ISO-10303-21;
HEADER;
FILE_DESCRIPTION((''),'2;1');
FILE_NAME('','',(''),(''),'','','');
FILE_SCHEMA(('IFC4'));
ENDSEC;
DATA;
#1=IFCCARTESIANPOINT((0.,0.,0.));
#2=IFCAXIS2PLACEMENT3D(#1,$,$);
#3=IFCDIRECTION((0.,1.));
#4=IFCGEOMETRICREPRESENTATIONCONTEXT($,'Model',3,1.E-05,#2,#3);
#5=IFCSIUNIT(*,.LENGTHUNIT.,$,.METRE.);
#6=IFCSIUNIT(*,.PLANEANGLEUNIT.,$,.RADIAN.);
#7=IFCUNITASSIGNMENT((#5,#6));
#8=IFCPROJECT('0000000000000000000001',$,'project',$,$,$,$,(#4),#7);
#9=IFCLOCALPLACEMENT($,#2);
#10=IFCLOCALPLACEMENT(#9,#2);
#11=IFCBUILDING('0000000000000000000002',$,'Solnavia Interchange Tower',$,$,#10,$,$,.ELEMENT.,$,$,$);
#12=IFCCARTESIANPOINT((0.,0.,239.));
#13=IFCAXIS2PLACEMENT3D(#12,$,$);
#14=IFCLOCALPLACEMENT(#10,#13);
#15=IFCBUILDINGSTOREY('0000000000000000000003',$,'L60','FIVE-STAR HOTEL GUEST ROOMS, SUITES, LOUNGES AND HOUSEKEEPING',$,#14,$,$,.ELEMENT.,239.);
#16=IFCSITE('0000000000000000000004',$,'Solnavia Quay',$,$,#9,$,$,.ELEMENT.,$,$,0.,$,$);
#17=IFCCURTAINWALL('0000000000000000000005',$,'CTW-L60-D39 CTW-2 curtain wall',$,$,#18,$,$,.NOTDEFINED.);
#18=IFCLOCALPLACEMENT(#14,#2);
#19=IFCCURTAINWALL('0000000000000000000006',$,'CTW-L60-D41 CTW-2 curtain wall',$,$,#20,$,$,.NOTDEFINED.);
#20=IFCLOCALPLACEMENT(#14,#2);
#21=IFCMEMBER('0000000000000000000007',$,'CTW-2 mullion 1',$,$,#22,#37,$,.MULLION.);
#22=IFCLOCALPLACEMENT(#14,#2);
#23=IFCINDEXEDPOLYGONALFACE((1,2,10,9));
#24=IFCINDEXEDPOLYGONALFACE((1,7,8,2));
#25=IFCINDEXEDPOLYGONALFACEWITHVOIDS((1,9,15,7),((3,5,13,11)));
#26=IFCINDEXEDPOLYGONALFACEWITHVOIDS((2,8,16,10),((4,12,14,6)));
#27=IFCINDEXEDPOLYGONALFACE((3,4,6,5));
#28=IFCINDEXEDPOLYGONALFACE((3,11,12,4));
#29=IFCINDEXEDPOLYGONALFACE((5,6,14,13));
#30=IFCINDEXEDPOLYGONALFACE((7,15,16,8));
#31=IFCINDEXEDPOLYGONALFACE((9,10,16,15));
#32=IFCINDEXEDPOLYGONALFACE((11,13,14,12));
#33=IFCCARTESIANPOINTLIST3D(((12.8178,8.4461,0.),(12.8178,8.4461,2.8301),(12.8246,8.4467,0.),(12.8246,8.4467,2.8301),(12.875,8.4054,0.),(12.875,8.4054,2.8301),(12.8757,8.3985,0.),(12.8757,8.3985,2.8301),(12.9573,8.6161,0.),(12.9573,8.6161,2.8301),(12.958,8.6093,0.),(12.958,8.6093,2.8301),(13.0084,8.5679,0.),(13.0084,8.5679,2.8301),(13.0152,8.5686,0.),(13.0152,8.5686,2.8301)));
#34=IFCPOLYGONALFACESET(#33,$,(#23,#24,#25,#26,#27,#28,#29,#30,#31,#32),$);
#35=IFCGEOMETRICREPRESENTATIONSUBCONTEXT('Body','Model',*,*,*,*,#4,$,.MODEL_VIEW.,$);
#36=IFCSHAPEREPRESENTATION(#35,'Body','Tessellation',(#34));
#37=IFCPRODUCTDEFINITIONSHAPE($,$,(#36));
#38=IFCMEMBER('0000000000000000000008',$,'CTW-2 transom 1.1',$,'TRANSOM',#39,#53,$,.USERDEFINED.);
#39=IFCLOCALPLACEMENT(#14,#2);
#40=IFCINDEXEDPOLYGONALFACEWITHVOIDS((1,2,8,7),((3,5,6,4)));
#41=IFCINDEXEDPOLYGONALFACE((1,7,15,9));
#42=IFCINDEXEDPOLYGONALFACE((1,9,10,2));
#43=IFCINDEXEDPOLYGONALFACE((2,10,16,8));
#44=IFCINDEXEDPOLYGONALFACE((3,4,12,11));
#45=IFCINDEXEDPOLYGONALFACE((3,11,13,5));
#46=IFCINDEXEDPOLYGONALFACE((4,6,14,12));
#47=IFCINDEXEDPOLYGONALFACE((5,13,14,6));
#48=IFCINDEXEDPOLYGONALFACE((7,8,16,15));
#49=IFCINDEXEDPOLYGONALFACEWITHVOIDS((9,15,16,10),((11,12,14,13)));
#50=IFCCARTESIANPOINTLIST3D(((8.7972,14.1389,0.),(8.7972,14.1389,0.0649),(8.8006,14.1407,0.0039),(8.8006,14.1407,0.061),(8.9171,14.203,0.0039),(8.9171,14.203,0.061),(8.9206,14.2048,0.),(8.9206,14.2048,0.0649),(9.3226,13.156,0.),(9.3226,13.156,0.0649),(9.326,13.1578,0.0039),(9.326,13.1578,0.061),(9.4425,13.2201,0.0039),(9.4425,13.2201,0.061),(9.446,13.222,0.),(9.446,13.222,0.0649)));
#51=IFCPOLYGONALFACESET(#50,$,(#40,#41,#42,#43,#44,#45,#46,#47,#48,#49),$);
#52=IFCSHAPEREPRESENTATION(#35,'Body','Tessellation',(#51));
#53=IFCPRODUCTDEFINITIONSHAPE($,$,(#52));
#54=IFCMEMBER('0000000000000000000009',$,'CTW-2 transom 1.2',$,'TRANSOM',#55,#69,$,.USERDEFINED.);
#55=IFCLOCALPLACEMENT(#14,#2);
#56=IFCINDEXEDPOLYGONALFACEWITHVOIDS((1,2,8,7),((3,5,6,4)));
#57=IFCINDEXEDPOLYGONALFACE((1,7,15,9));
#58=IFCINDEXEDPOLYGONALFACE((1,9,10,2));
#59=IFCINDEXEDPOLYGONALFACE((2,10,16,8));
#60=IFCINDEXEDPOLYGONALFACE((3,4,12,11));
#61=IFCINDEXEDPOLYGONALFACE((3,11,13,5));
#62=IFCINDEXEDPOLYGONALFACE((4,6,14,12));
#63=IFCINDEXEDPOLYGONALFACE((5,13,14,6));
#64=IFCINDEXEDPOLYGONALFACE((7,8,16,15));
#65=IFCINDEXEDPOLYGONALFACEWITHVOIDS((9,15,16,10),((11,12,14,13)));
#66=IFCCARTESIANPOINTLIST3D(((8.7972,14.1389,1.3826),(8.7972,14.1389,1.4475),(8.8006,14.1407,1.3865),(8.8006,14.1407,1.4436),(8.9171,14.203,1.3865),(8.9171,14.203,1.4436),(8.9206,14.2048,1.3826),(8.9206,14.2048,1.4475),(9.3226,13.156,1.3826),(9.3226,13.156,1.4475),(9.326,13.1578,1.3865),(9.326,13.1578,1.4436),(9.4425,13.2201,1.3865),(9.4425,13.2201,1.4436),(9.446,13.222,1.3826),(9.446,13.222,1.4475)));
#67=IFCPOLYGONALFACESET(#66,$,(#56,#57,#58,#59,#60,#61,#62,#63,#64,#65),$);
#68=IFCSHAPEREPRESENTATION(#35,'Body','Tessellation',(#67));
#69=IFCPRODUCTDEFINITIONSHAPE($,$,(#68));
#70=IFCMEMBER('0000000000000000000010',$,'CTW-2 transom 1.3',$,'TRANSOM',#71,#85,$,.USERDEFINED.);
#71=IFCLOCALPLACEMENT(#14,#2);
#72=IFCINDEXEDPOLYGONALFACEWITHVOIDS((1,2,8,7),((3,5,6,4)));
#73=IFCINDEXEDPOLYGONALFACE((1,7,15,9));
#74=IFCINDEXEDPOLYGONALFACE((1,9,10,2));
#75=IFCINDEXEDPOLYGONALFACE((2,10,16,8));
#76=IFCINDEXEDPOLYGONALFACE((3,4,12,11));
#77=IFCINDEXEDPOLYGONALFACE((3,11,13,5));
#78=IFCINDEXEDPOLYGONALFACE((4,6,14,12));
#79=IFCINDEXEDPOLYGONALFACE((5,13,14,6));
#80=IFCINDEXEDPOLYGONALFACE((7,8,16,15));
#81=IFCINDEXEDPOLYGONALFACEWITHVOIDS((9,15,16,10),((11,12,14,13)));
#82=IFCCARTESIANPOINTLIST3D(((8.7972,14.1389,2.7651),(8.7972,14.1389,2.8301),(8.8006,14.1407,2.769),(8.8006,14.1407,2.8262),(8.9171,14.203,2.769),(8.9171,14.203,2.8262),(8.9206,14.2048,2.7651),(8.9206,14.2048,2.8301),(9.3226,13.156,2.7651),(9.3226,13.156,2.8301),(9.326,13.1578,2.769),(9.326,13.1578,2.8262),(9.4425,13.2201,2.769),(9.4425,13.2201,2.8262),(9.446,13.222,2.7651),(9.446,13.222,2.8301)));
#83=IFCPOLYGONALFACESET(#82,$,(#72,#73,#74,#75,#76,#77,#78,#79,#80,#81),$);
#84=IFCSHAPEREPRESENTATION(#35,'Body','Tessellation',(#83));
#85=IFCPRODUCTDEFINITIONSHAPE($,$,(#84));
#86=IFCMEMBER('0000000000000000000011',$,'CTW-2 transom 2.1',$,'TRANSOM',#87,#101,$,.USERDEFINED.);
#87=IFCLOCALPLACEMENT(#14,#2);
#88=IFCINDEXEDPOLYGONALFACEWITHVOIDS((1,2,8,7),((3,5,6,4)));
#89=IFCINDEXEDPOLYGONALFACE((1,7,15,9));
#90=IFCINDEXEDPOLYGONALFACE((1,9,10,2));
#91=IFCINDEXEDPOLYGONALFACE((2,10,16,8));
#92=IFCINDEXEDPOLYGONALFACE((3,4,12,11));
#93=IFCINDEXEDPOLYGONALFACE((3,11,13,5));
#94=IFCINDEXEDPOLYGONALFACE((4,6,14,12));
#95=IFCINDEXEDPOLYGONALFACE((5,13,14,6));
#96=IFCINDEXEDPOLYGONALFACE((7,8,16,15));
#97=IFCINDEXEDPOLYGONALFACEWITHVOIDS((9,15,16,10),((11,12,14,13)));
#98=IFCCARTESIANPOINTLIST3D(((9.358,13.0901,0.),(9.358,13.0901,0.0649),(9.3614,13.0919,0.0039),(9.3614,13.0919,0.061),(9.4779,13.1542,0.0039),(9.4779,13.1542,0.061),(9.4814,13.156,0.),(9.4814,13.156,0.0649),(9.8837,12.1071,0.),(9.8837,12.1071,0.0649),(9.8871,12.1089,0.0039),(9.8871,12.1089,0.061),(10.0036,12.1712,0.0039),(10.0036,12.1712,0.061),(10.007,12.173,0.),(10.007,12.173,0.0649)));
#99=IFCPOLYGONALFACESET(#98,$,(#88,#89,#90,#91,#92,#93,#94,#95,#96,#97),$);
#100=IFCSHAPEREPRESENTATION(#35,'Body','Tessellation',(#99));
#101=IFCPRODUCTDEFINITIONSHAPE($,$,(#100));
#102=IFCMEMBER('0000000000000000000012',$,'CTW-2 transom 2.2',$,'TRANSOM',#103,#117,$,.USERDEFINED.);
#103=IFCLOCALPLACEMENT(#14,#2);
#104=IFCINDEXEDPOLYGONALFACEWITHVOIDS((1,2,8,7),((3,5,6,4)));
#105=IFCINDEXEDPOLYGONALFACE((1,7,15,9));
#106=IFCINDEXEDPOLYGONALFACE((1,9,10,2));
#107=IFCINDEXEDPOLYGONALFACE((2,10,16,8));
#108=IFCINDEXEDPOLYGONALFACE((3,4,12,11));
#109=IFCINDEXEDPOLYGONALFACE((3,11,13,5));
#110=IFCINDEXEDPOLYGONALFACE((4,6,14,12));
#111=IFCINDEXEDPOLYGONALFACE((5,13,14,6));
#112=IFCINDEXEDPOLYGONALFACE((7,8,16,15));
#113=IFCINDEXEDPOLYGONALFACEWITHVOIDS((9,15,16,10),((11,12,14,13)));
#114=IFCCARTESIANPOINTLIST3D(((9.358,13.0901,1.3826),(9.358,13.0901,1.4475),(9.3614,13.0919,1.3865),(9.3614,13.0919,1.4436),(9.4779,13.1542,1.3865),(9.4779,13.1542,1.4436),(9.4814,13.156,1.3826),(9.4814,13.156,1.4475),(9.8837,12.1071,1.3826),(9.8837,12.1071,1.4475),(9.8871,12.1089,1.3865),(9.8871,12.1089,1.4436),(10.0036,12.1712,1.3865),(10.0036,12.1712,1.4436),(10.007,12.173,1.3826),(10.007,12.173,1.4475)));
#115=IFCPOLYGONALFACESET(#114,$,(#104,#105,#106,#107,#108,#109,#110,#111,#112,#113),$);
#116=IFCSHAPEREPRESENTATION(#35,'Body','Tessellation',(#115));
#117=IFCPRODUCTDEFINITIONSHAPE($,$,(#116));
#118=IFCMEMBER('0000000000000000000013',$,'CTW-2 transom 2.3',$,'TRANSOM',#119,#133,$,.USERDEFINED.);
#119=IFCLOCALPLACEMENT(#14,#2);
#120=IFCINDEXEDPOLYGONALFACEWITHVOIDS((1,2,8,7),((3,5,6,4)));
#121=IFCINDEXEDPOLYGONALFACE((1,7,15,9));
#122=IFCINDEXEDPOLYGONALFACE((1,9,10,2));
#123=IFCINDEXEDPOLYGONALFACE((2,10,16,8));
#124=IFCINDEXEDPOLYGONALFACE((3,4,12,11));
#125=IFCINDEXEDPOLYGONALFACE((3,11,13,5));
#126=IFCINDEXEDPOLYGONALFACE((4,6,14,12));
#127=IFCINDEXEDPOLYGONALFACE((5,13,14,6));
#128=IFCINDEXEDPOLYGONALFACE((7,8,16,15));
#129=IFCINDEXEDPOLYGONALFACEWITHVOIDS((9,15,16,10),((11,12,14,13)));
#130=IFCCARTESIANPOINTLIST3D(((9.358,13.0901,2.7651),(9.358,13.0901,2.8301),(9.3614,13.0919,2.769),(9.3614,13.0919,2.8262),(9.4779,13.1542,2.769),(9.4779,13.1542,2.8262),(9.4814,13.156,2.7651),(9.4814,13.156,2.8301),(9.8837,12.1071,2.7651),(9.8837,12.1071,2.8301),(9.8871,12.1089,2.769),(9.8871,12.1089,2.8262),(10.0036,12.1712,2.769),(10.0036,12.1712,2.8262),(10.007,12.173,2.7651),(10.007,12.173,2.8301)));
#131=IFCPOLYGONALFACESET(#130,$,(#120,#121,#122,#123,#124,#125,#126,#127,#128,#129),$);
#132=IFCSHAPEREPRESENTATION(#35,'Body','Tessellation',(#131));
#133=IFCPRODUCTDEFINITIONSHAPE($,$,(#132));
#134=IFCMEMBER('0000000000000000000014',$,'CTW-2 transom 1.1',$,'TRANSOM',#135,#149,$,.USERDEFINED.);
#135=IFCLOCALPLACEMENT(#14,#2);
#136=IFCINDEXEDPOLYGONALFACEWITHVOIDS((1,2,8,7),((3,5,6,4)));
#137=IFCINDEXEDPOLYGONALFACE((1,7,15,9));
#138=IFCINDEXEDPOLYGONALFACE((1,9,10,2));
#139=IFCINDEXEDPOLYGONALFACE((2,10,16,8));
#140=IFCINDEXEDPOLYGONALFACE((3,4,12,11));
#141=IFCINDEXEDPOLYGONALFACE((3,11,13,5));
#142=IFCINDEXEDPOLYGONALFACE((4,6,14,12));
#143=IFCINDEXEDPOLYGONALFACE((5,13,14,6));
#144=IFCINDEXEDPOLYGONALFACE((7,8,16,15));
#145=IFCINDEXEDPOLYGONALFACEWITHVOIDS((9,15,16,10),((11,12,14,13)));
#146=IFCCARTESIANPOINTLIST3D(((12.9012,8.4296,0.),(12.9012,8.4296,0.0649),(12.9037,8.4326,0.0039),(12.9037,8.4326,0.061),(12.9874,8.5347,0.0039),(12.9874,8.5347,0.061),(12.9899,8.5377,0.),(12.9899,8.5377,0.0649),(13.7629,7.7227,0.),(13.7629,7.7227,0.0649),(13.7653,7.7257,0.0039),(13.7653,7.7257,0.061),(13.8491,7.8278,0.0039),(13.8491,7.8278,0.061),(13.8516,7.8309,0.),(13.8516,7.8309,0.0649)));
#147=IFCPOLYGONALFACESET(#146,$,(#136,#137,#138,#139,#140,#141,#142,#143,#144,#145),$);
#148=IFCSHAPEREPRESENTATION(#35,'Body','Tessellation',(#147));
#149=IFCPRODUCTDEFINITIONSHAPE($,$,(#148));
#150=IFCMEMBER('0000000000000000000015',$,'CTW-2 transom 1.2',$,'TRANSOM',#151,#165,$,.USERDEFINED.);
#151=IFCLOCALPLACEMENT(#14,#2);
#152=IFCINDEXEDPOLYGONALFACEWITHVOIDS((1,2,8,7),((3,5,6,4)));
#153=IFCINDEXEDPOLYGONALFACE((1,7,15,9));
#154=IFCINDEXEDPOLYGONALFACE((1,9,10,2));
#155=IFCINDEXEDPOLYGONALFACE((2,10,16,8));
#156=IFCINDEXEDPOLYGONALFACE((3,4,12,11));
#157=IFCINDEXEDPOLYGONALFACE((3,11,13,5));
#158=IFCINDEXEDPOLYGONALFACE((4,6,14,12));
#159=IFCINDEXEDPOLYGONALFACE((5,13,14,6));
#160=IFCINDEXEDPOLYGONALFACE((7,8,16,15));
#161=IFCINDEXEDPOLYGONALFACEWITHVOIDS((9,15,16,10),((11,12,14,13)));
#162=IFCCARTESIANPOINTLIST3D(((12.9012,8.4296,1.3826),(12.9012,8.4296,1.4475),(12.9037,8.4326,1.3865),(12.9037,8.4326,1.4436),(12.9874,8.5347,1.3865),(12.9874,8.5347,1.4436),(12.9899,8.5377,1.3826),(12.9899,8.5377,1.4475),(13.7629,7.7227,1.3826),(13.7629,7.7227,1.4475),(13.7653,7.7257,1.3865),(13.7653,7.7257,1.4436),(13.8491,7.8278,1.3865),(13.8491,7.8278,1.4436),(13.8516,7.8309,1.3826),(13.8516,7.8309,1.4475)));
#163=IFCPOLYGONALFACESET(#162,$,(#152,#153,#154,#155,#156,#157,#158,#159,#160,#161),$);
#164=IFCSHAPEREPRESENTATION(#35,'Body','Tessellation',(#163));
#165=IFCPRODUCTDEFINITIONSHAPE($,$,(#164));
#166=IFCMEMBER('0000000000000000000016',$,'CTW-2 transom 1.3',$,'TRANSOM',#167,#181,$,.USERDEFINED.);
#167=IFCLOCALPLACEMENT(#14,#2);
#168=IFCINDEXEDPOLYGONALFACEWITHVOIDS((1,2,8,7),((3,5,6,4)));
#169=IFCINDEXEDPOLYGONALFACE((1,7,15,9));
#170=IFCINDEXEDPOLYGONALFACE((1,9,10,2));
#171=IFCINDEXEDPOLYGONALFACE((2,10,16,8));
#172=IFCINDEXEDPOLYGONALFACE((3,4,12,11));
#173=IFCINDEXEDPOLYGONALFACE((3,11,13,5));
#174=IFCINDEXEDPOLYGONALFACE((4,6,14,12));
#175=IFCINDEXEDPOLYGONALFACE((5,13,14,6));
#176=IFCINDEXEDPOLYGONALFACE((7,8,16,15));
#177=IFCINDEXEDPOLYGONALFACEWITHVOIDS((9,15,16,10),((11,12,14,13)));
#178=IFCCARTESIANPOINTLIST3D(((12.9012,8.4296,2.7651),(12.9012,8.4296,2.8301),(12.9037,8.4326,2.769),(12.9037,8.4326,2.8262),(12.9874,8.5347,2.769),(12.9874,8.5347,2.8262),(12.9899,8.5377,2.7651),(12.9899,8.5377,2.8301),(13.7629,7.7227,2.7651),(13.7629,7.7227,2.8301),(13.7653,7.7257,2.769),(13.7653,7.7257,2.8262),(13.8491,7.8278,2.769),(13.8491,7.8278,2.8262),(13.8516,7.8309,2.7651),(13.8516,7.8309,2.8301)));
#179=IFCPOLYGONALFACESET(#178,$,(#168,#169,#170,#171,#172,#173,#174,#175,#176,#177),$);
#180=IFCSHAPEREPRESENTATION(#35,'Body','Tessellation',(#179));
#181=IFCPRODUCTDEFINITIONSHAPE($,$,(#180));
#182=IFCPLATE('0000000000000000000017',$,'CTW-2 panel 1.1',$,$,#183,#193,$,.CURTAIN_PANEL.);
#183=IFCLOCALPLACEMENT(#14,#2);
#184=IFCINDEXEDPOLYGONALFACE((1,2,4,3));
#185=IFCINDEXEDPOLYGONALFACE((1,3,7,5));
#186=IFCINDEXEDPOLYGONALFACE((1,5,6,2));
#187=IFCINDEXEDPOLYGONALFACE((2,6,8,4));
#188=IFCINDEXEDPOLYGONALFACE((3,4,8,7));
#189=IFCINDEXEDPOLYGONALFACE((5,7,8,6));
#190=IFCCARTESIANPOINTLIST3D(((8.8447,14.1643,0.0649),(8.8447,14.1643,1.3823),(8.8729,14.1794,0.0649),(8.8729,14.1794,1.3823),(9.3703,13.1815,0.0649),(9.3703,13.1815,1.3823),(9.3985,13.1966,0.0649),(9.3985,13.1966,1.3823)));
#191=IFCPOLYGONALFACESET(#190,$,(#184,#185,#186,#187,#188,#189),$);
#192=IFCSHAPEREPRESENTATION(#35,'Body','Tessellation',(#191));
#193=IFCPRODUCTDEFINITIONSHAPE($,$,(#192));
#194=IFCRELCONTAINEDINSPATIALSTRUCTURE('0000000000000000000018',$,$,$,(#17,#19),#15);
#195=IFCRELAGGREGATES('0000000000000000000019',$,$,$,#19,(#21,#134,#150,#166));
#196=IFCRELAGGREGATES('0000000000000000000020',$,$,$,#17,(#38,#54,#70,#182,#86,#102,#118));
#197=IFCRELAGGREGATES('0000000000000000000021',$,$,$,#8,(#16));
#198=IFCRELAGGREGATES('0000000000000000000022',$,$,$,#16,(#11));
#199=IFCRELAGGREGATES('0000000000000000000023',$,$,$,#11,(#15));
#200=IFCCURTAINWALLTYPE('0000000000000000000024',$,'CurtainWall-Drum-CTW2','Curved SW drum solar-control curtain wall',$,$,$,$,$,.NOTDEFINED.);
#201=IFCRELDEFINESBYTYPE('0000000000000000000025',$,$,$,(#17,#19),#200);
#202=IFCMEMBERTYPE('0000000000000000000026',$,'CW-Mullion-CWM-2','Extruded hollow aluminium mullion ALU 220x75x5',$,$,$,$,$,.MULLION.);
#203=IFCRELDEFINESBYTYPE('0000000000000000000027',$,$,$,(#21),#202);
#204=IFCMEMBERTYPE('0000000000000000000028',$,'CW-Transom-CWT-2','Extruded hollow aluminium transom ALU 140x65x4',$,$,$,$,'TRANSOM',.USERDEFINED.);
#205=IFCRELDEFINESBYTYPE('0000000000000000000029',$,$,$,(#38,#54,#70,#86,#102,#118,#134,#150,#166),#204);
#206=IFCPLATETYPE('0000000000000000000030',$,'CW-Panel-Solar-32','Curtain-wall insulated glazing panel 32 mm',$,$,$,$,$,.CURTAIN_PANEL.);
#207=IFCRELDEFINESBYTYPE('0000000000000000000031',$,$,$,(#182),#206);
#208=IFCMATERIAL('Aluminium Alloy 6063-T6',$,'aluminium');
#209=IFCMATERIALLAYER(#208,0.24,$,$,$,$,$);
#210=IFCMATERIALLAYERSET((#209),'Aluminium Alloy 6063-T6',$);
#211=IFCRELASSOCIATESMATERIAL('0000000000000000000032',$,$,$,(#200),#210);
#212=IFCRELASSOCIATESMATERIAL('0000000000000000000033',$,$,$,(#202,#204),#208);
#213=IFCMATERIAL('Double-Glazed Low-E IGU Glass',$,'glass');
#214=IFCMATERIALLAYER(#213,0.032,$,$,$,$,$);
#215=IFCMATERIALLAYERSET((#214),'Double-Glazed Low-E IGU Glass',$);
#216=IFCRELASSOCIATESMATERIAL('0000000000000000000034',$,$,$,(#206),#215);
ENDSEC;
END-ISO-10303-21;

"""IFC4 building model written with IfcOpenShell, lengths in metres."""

from ifc_helpers import new_model, si_unit, direction, frame, origin, origin_2d, place, context, subcontext, project, spatial, rectangle, hollow_rectangle, extrude, material, layer, layer_set, material_profile, profile_set, type_object, element, aggregate, save


model = new_model("IFC4")

# Units and contexts
model_context = context("Model", 3, precision=1e-05, world=origin(), true_north=direction((0.0, 1.0)))
body_context = subcontext(model_context, "Body", "Model", "MODEL_VIEW")
ifc_project = project(units=[si_unit("LENGTHUNIT", "METRE"), si_unit("PLANEANGLEUNIT", "RADIAN")], contexts=[model_context])

# Site, building, storey
site_placement = place(None, origin())
site = spatial("IfcSite", under=ifc_project, at=site_placement, Name="Solnavia Quay", CompositionType="ELEMENT", RefElevation=0.0)
building_placement = place(site_placement, origin())
building = spatial("IfcBuilding", under=site, at=building_placement, Name="Solnavia Interchange Tower", CompositionType="ELEMENT")
storey_placement = place(building_placement, frame((0.0, 0.0, 239.0)))
storey = spatial("IfcBuildingStorey", under=building, at=storey_placement, Name="L60", Description="FIVE-STAR HOTEL GUEST ROOMS, SUITES, LOUNGES AND HOUSEKEEPING", CompositionType="ELEMENT", Elevation=239.0)

# Curtain wall
ifc_material_1 = material(Name="Aluminium Alloy 6063-T6", Category="aluminium")
ifc_layer_1 = layer(ifc_material_1, 0.24)
ifc_layer_set_1 = layer_set([ifc_layer_1], Name="Aluminium Alloy 6063-T6")
curtain_wall_type = type_object("IfcCurtainWallType", Name="CurtainWall-Drum-CTW2", Description="Curved SW drum solar-control curtain wall", PredefinedType="NOTDEFINED", material=ifc_layer_set_1)
curtain_wall_1_placement = place(storey_placement, origin())
curtain_wall_1 = element("IfcCurtainWall", 1, at=curtain_wall_1_placement, inside=storey, type_object=curtain_wall_type, Name="CTW-L60-D39 CTW-2 curtain wall", PredefinedType="NOTDEFINED")
ifc_material_profile_1 = material_profile(ifc_material_1, hollow_rectangle(XDim=0.075, YDim=0.22, WallThickness=0.0049, at=origin_2d()), Name="ALU 220x75x5")
ifc_profile_set_1 = profile_set([ifc_material_profile_1], Name="Aluminium Alloy 6063-T6")
member_type_1 = type_object("IfcMemberType", Name="CW-Mullion-CWM-2", Description="Extruded hollow aluminium mullion ALU 220x75x5", PredefinedType="MULLION", material=ifc_profile_set_1)

# Curtain wall, member
curtain_wall_2_placement = place(storey_placement, origin())
curtain_wall_2 = element("IfcCurtainWall", 2, at=curtain_wall_2_placement, inside=storey, type_object=curtain_wall_type, Name="CTW-L60-D41 CTW-2 curtain wall", PredefinedType="NOTDEFINED")
member_1_placement = place(storey_placement, frame((12.9165, 8.5073, 0.0), z_axis=(0.0, 0.0, 1.0), x_axis=(0.773103, -0.63428, 0.0)))
member_1 = element("IfcMember", 3, at=member_1_placement, type_object=member_type_1, Name="CTW-2 mullion 1", PredefinedType="MULLION", context=body_context, shape_type="SweptSolid", body=[
    extrude(hollow_rectangle(XDim=0.075, YDim=0.22, WallThickness=0.0049, at=origin_2d()), origin(), (0.0, 0.0, 1.0), 2.8301),
])

# Members
ifc_material_profile_2 = material_profile(ifc_material_1, hollow_rectangle(XDim=0.0649, YDim=0.1399, WallThickness=0.0039, at=origin_2d()), Name="ALU 140x65x4")
ifc_profile_set_2 = profile_set([ifc_material_profile_2], Name="Aluminium Alloy 6063-T6")
member_type_2 = type_object("IfcMemberType", Name="CW-Transom-CWT-2", Description="Extruded hollow aluminium transom ALU 140x65x4", ElementType="TRANSOM", PredefinedType="USERDEFINED", material=ifc_profile_set_2)
member_2_placement = place(storey_placement, frame((8.8589, 14.1719, 0.0325), z_axis=(0.471407, -0.881916, 0.0), x_axis=(0.0, 0.0, 1.0)))
member_2 = element("IfcMember", 4, at=member_2_placement, type_object=member_type_2, Name="CTW-2 transom 1.1", ObjectType="TRANSOM", PredefinedType="USERDEFINED", context=body_context, shape_type="SweptSolid", body=[
    extrude(hollow_rectangle(XDim=0.0649, YDim=0.1399, WallThickness=0.0039, at=origin_2d()), origin(), (0.0, 0.0, 1.0), 1.1145),
])
member_3_placement = place(storey_placement, frame((8.8589, 14.1719, 1.415), z_axis=(0.471407, -0.881916, 0.0), x_axis=(0.0, 0.0, 1.0)))
member_3 = element("IfcMember", 5, at=member_3_placement, type_object=member_type_2, Name="CTW-2 transom 1.2", ObjectType="TRANSOM", PredefinedType="USERDEFINED", context=body_context, shape_type="SweptSolid", body=[
    extrude(hollow_rectangle(XDim=0.0649, YDim=0.1399, WallThickness=0.0039, at=origin_2d()), origin(), (0.0, 0.0, 1.0), 1.1145),
])
member_4_placement = place(storey_placement, frame((8.8589, 14.1719, 2.7976), z_axis=(0.471407, -0.881916, 0.0), x_axis=(0.0, 0.0, 1.0)))
member_4 = element("IfcMember", 6, at=member_4_placement, type_object=member_type_2, Name="CTW-2 transom 1.3", ObjectType="TRANSOM", PredefinedType="USERDEFINED", context=body_context, shape_type="SweptSolid", body=[
    extrude(hollow_rectangle(XDim=0.0649, YDim=0.1399, WallThickness=0.0039, at=origin_2d()), origin(), (0.0, 0.0, 1.0), 1.1145),
])
member_5_placement = place(storey_placement, frame((9.4197, 13.123, 0.0325), z_axis=(0.471577, -0.881825, 0.0), x_axis=(0.0, 0.0, 1.0)))
member_5 = element("IfcMember", 7, at=member_5_placement, type_object=member_type_2, Name="CTW-2 transom 2.1", ObjectType="TRANSOM", PredefinedType="USERDEFINED", context=body_context, shape_type="SweptSolid", body=[
    extrude(hollow_rectangle(XDim=0.0649, YDim=0.1399, WallThickness=0.0039, at=origin_2d()), origin(), (0.0, 0.0, 1.0), 1.1147),
])
member_6_placement = place(storey_placement, frame((9.4197, 13.123, 1.415), z_axis=(0.471577, -0.881825, 0.0), x_axis=(0.0, 0.0, 1.0)))
member_6 = element("IfcMember", 8, at=member_6_placement, type_object=member_type_2, Name="CTW-2 transom 2.2", ObjectType="TRANSOM", PredefinedType="USERDEFINED", context=body_context, shape_type="SweptSolid", body=[
    extrude(hollow_rectangle(XDim=0.0649, YDim=0.1399, WallThickness=0.0039, at=origin_2d()), origin(), (0.0, 0.0, 1.0), 1.1147),
])
member_7_placement = place(storey_placement, frame((9.4197, 13.123, 2.7976), z_axis=(0.471577, -0.881825, 0.0), x_axis=(0.0, 0.0, 1.0)))
member_7 = element("IfcMember", 9, at=member_7_placement, type_object=member_type_2, Name="CTW-2 transom 2.3", ObjectType="TRANSOM", PredefinedType="USERDEFINED", context=body_context, shape_type="SweptSolid", body=[
    extrude(hollow_rectangle(XDim=0.0649, YDim=0.1399, WallThickness=0.0039, at=origin_2d()), origin(), (0.0, 0.0, 1.0), 1.1147),
])
member_8_placement = place(storey_placement, frame((12.9456, 8.4836, 0.0325), z_axis=(0.773137, -0.634239, 0.0), x_axis=(0.0, 0.0, 1.0)))
member_8 = element("IfcMember", 10, at=member_8_placement, type_object=member_type_2, Name="CTW-2 transom 1.1", ObjectType="TRANSOM", PredefinedType="USERDEFINED", context=body_context, shape_type="SweptSolid", body=[
    extrude(hollow_rectangle(XDim=0.0649, YDim=0.1399, WallThickness=0.0039, at=origin_2d()), origin(), (0.0, 0.0, 1.0), 1.1145),
])
member_9_placement = place(storey_placement, frame((12.9456, 8.4836, 1.415), z_axis=(0.773137, -0.634239, 0.0), x_axis=(0.0, 0.0, 1.0)))
member_9 = element("IfcMember", 11, at=member_9_placement, type_object=member_type_2, Name="CTW-2 transom 1.2", ObjectType="TRANSOM", PredefinedType="USERDEFINED", context=body_context, shape_type="SweptSolid", body=[
    extrude(hollow_rectangle(XDim=0.0649, YDim=0.1399, WallThickness=0.0039, at=origin_2d()), origin(), (0.0, 0.0, 1.0), 1.1145),
])
member_10_placement = place(storey_placement, frame((12.9456, 8.4836, 2.7976), z_axis=(0.773137, -0.634239, 0.0), x_axis=(0.0, 0.0, 1.0)))
member_10 = element("IfcMember", 12, at=member_10_placement, type_object=member_type_2, Name="CTW-2 transom 1.3", ObjectType="TRANSOM", PredefinedType="USERDEFINED", context=body_context, shape_type="SweptSolid", body=[
    extrude(hollow_rectangle(XDim=0.0649, YDim=0.1399, WallThickness=0.0039, at=origin_2d()), origin(), (0.0, 0.0, 1.0), 1.1145),
])
aggregate(curtain_wall_2, [member_1, member_8, member_9, member_10])

# Plate
ifc_material_2 = material(Name="Double-Glazed Low-E IGU Glass", Category="glass")
ifc_layer_2 = layer(ifc_material_2, 0.032)
ifc_layer_set_2 = layer_set([ifc_layer_2], Name="Double-Glazed Low-E IGU Glass")
plate_type = type_object("IfcPlateType", Name="CW-Panel-Solar-32", Description="Curtain-wall insulated glazing panel 32 mm", PredefinedType="CURTAIN_PANEL", material=ifc_layer_set_2)
plate_1_placement = place(storey_placement, frame((9.1216, 13.6804, 0.0649), z_axis=(0.0, 0.0, 1.0), x_axis=(0.471561, -0.881834, 0.0)))
plate_1 = element("IfcPlate", 13, at=plate_1_placement, type_object=plate_type, Name="CTW-2 panel 1.1", PredefinedType="CURTAIN_PANEL", context=body_context, shape_type="SweptSolid", body=[
    extrude(rectangle(XDim=1.1145, YDim=0.032, at=origin_2d()), origin(), (0.0, 0.0, 1.0), 1.3174),
])
aggregate(curtain_wall_1, [member_2, member_3, member_4, plate_1, member_5, member_6, member_7])

save(model, "model.ifc")
